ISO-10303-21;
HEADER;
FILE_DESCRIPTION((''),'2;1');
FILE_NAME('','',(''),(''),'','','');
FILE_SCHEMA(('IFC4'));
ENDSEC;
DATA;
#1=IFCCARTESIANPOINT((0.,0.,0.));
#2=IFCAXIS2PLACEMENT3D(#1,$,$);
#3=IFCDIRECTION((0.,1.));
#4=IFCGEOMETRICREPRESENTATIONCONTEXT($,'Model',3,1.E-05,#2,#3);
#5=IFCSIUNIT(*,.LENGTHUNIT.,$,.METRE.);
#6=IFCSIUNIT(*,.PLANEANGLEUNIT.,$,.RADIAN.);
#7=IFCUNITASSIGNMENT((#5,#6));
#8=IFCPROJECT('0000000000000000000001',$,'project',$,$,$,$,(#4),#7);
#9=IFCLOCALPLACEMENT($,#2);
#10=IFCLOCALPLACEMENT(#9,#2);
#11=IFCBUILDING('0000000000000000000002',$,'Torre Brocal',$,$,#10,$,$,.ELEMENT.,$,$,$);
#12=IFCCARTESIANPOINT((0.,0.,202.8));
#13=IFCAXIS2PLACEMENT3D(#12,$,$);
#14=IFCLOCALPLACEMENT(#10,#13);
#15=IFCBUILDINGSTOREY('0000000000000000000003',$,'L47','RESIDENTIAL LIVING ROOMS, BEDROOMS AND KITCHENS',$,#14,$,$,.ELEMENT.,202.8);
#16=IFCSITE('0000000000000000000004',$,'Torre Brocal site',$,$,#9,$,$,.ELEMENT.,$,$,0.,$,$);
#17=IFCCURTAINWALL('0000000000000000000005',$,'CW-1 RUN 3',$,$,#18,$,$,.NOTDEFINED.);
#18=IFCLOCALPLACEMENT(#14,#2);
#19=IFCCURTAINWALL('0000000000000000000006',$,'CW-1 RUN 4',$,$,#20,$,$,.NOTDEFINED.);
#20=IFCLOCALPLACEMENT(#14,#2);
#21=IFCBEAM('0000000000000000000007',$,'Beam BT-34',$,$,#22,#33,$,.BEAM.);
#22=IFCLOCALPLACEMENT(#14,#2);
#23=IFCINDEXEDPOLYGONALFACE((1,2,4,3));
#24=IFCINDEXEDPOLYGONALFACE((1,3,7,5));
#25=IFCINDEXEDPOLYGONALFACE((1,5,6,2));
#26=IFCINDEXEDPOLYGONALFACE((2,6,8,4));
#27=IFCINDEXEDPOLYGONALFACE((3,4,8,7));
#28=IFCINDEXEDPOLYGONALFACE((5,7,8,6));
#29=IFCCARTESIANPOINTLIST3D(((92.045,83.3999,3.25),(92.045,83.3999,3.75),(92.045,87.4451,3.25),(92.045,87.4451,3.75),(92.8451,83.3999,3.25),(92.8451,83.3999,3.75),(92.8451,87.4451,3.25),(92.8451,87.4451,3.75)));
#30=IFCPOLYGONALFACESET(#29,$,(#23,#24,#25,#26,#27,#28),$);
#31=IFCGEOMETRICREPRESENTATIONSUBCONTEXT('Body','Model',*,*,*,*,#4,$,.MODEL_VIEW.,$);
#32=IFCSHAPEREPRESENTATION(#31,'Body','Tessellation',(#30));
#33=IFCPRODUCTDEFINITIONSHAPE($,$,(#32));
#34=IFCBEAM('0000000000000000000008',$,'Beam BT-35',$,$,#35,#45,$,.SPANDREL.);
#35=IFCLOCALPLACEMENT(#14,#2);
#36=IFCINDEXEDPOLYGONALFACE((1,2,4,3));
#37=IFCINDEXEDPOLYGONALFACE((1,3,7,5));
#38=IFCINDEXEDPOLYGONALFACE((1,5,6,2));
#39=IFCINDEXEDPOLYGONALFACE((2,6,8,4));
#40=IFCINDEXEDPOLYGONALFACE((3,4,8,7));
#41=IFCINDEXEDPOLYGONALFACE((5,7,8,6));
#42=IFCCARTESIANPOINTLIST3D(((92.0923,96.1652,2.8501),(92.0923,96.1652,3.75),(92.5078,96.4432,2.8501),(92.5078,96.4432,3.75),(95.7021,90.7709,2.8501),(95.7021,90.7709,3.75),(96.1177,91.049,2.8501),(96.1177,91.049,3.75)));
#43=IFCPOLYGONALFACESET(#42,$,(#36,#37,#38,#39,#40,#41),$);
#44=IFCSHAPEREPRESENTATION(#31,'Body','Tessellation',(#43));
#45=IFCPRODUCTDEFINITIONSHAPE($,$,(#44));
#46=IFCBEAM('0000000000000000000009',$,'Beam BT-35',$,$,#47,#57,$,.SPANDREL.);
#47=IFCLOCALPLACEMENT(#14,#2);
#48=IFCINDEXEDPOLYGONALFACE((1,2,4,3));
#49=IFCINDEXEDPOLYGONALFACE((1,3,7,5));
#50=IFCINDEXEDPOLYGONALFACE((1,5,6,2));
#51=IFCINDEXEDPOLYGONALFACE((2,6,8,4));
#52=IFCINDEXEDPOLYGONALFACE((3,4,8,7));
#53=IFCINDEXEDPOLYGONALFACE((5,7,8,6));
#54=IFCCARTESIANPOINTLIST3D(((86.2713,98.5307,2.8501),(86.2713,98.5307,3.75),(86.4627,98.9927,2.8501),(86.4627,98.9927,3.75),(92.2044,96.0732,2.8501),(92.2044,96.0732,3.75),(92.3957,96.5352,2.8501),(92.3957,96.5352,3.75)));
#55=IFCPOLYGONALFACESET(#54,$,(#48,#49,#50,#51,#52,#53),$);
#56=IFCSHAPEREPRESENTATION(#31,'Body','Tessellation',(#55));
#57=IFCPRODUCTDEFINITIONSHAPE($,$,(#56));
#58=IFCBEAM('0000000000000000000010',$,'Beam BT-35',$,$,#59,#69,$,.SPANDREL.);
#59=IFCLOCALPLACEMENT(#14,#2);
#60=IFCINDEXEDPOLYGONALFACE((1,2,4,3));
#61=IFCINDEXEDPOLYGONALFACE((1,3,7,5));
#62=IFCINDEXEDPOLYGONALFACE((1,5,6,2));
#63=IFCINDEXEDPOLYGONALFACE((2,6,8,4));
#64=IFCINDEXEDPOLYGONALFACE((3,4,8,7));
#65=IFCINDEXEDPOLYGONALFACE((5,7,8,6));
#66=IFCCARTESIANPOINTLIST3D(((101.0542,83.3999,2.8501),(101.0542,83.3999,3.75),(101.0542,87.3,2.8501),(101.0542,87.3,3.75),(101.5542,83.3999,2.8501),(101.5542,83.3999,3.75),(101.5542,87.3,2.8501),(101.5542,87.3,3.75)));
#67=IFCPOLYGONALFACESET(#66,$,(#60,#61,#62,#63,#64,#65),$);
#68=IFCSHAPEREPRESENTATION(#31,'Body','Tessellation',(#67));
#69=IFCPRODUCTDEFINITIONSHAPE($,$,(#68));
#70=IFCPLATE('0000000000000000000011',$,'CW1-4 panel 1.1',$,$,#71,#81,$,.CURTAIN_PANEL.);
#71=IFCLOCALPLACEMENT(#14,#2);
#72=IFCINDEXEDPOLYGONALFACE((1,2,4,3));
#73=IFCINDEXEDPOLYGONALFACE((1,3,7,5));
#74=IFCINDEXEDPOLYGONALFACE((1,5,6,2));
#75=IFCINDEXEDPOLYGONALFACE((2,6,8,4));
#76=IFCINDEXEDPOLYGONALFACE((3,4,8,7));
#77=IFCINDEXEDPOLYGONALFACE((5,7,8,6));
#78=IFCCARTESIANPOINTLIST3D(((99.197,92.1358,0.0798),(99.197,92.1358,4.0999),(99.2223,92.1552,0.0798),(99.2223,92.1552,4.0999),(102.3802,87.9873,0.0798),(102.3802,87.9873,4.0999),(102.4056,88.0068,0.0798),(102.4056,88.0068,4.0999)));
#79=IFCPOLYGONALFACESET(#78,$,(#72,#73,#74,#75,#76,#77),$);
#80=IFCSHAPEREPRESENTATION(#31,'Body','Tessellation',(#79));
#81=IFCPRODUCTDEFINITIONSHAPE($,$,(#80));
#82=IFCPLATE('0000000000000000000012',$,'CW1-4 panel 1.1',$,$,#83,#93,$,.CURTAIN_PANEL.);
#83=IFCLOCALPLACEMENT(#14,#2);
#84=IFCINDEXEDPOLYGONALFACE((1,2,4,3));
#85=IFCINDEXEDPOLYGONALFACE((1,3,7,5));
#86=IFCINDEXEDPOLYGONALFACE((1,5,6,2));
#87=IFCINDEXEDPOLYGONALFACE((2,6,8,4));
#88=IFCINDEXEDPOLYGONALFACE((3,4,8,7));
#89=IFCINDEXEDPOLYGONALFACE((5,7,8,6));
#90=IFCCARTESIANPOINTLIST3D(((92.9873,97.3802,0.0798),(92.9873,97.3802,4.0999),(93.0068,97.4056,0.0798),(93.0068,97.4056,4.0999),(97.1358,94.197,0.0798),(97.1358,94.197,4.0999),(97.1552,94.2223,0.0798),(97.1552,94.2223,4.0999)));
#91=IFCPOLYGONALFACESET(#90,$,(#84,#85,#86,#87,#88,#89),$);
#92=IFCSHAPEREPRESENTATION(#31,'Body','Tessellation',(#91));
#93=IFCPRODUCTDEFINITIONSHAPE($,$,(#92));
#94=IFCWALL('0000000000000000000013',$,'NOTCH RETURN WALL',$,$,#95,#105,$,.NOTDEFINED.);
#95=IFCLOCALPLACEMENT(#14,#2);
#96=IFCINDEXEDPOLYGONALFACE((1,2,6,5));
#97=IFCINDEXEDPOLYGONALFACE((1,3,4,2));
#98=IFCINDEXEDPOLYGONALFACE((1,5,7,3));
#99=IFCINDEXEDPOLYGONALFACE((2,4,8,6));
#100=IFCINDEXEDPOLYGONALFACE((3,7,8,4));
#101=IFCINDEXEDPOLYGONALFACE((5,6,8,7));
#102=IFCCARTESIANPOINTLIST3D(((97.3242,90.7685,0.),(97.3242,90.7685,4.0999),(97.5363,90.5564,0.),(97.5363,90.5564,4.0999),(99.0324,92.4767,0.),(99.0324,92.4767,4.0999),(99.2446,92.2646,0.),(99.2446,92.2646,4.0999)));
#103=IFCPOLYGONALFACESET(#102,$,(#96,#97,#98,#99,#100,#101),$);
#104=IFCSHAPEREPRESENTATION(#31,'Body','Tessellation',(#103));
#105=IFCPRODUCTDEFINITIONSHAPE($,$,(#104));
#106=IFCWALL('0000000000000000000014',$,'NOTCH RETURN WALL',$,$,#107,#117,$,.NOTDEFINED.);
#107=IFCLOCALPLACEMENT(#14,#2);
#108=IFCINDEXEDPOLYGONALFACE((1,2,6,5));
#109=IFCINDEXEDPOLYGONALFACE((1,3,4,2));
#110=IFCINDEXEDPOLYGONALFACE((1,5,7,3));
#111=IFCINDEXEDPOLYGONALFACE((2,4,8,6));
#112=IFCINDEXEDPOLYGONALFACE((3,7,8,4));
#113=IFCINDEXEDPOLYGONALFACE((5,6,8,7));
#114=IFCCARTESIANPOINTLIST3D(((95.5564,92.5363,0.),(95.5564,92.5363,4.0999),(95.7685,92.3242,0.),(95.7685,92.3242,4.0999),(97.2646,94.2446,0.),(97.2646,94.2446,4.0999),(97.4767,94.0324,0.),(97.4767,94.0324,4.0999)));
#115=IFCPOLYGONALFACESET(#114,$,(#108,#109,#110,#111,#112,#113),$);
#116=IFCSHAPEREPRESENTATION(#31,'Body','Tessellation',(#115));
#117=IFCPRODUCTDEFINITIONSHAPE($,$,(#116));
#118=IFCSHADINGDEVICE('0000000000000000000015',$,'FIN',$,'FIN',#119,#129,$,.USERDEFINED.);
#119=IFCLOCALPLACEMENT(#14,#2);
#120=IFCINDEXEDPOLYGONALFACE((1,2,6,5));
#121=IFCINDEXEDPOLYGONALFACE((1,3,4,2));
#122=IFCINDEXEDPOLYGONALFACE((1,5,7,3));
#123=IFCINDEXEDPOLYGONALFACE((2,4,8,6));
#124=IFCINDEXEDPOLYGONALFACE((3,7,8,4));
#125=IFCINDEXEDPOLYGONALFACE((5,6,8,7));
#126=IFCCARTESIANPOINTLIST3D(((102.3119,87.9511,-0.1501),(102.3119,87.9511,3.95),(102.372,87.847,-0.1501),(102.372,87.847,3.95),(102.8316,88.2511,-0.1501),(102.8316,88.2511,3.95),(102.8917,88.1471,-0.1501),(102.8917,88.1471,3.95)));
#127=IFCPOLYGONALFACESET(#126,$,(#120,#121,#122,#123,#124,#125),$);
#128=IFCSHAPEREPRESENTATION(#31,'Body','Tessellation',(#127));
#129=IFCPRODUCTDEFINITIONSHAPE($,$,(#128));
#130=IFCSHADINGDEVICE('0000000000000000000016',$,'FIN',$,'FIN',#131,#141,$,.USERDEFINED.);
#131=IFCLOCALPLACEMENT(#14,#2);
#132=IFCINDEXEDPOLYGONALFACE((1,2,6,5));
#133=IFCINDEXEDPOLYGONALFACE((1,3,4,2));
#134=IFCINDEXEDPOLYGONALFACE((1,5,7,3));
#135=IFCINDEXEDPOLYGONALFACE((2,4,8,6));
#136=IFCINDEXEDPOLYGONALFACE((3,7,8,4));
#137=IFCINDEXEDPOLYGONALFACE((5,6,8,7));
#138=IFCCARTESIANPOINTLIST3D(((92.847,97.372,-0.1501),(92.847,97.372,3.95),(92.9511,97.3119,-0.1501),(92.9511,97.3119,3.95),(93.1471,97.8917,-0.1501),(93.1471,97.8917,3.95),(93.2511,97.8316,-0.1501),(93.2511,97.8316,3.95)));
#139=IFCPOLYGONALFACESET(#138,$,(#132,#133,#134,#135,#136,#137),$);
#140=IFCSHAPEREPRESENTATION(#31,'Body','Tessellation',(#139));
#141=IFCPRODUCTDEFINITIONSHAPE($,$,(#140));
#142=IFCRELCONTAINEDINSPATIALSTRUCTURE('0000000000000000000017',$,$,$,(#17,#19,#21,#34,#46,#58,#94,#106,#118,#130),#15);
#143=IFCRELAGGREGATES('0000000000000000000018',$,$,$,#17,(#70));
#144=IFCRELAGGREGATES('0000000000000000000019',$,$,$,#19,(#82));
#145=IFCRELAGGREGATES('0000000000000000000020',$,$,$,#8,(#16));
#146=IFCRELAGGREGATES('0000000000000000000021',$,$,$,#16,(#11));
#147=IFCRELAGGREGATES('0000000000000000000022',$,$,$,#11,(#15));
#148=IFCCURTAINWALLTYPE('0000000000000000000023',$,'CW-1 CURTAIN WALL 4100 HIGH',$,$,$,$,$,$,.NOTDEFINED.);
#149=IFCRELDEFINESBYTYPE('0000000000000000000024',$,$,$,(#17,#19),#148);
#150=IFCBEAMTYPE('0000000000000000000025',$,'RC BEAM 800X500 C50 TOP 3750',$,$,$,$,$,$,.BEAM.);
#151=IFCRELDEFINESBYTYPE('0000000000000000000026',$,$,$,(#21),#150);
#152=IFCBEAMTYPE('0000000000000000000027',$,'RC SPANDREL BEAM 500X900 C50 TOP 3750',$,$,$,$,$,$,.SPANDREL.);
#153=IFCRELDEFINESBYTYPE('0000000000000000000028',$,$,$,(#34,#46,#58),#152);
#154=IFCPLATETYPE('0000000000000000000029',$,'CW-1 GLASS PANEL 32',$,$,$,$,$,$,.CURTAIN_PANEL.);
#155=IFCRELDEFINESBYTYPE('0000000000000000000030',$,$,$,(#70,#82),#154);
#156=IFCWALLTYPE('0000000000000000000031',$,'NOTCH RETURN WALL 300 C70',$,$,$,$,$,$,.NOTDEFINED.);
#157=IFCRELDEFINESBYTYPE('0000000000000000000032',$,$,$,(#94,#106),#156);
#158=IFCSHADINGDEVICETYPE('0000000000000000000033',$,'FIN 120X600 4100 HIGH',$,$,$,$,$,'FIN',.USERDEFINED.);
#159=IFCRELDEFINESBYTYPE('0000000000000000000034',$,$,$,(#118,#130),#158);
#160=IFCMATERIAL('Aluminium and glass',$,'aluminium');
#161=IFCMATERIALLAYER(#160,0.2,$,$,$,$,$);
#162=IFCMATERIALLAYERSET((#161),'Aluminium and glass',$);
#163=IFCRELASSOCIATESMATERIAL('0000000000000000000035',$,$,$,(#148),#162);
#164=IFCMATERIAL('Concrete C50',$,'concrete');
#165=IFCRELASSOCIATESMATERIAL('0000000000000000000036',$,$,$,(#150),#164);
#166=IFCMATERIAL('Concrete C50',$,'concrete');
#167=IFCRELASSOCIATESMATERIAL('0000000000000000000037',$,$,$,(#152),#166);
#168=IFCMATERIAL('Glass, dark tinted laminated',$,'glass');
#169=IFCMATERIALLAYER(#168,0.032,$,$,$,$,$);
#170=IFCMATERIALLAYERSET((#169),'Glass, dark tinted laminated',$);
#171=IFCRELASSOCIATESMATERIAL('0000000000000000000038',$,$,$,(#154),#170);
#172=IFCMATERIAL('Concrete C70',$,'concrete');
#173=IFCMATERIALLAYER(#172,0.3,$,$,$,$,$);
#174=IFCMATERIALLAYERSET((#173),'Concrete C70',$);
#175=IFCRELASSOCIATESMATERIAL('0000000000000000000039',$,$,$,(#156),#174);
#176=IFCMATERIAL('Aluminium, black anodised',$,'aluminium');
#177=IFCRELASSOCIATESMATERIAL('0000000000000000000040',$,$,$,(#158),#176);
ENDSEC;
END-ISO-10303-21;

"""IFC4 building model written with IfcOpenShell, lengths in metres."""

from ifc_helpers import new_model, si_unit, direction, frame, frame_2d, origin, origin_2d, place, context, subcontext, project, spatial, rectangle, extrude, material, layer, layer_set, material_profile, profile_set, type_object, element, aggregate, save


model = new_model("IFC4")

# Units and contexts
model_context = context("Model", 3, precision=1e-05, world=origin(), true_north=direction((0.0, 1.0)))
body_context = subcontext(model_context, "Body", "Model", "MODEL_VIEW")
ifc_project = project(units=[si_unit("LENGTHUNIT", "METRE"), si_unit("PLANEANGLEUNIT", "RADIAN")], contexts=[model_context])

# Site, building, storey
site_placement = place(None, origin())
site = spatial("IfcSite", under=ifc_project, at=site_placement, Name="Torre Brocal site", CompositionType="ELEMENT", RefElevation=0.0)
building_placement = place(site_placement, origin())
building = spatial("IfcBuilding", under=site, at=building_placement, Name="Torre Brocal", CompositionType="ELEMENT")
storey_placement = place(building_placement, frame((0.0, 0.0, 202.8)))
storey = spatial("IfcBuildingStorey", under=building, at=storey_placement, Name="L47", Description="RESIDENTIAL LIVING ROOMS, BEDROOMS AND KITCHENS", CompositionType="ELEMENT", Elevation=202.8)

# Shared definitions
ifc_material_1 = material(Name="Aluminium and glass", Category="aluminium")
ifc_layer_1 = layer(ifc_material_1, 0.2)
ifc_layer_set_1 = layer_set([ifc_layer_1], Name="Aluminium and glass")
curtain_wall_type = type_object("IfcCurtainWallType", Name="CW-1 CURTAIN WALL 4100 HIGH", PredefinedType="NOTDEFINED", material=ifc_layer_set_1)

# Curtain walls
curtain_wall_1_placement = place(storey_placement, origin())
curtain_wall_1 = element("IfcCurtainWall", 1, at=curtain_wall_1_placement, inside=storey, type_object=curtain_wall_type, Name="CW-1 RUN 3", PredefinedType="NOTDEFINED")
curtain_wall_2_placement = place(storey_placement, origin())
curtain_wall_2 = element("IfcCurtainWall", 2, at=curtain_wall_2_placement, inside=storey, type_object=curtain_wall_type, Name="CW-1 RUN 4", PredefinedType="NOTDEFINED")

# Beams
ifc_material_2 = material(Name="Concrete C50", Category="concrete")
ifc_material_profile_1 = material_profile(ifc_material_2, rectangle(XDim=0.8, YDim=0.5, at=origin_2d()), Name="RC 800X500")
ifc_profile_set_1 = profile_set([ifc_material_profile_1], Name="Concrete C50")
beam_type_1 = type_object("IfcBeamType", Name="RC BEAM 800X500 C50 TOP 3750", PredefinedType="BEAM", material=ifc_profile_set_1)
beam_1_placement = place(storey_placement, frame((92.4451, 87.4451, 3.5), z_axis=(0.0, -1.0, 0.0), x_axis=(1.0, 0.0, 0.0)))
element("IfcBeam", 3, at=beam_1_placement, inside=storey, type_object=beam_type_1, Name="Beam BT-34", PredefinedType="BEAM", context=body_context, shape_type="SweptSolid", body=[
    extrude(rectangle(XDim=0.8, YDim=0.5, at=origin_2d()), origin(), (0.0, 0.0, 1.0), 4.0452),
])
ifc_material_3 = material(Name="Concrete C50", Category="concrete")
ifc_material_profile_2 = material_profile(ifc_material_3, rectangle(XDim=0.5, YDim=0.8999, at=origin_2d()), Name="RC 500X900")
ifc_profile_set_2 = profile_set([ifc_material_profile_2], Name="Concrete C50")
beam_type_2 = type_object("IfcBeamType", Name="RC SPANDREL BEAM 500X900 C50 TOP 3750", PredefinedType="SPANDREL", material=ifc_profile_set_2)
beam_2_placement = place(storey_placement, frame((95.9099, 90.9099, 3.3), z_axis=(-0.556158, 0.831077, 0.0), x_axis=(-0.831077, -0.556158, 0.0)))
element("IfcBeam", 4, at=beam_2_placement, inside=storey, type_object=beam_type_2, Name="Beam BT-35", PredefinedType="SPANDREL", context=body_context, shape_type="SweptSolid", body=[
    extrude(rectangle(XDim=0.5, YDim=0.8999, at=origin_2d()), origin(), (0.0, 0.0, 1.0), 6.4907),
])
beam_3_placement = place(storey_placement, frame((92.3, 96.3042, 3.3), z_axis=(-0.923882, 0.382676, 0.0), x_axis=(-0.382676, -0.923882, 0.0)))
element("IfcBeam", 5, at=beam_3_placement, inside=storey, type_object=beam_type_2, Name="Beam BT-35", PredefinedType="SPANDREL", context=body_context, shape_type="SweptSolid", body=[
    extrude(rectangle(XDim=0.5, YDim=0.8999, at=origin_2d()), origin(), (0.0, 0.0, 1.0), 6.4219),
])
beam_4_placement = place(storey_placement, frame((101.3042, 87.3, 3.3), z_axis=(0.0, -1.0, 0.0), x_axis=(1.0, 0.0, 0.0)))
element("IfcBeam", 6, at=beam_4_placement, inside=storey, type_object=beam_type_2, Name="Beam BT-35", PredefinedType="SPANDREL", context=body_context, shape_type="SweptSolid", body=[
    extrude(rectangle(XDim=0.5, YDim=0.8999, at=origin_2d()), origin(), (0.0, 0.0, 1.0), 3.9001),
])

# Plates
ifc_material_4 = material(Name="Glass, dark tinted laminated", Category="glass")
ifc_layer_2 = layer(ifc_material_4, 0.032)
ifc_layer_set_2 = layer_set([ifc_layer_2], Name="Glass, dark tinted laminated")
plate_type = type_object("IfcPlateType", Name="CW-1 GLASS PANEL 32", PredefinedType="CURTAIN_PANEL", material=ifc_layer_set_2)
plate_1_placement = place(storey_placement, frame((100.8013, 90.0713, 0.0798), z_axis=(0.0, 0.0, 1.0), x_axis=(-0.608761, 0.793353, 0.0)))
plate_1 = element("IfcPlate", 7, at=plate_1_placement, type_object=plate_type, Name="CW1-4 panel 1.1", PredefinedType="CURTAIN_PANEL", context=body_context, shape_type="SweptSolid", body=[
    extrude(rectangle(XDim=5.229, YDim=0.032, at=origin_2d()), origin(), (0.0, 0.0, 1.0), 4.02),
])
aggregate(curtain_wall_1, [plate_1])
plate_2_placement = place(storey_placement, frame((95.0713, 95.8013, 0.0798), z_axis=(0.0, 0.0, 1.0), x_axis=(-0.793353, 0.608761, 0.0)))
plate_2 = element("IfcPlate", 8, at=plate_2_placement, type_object=plate_type, Name="CW1-4 panel 1.1", PredefinedType="CURTAIN_PANEL", context=body_context, shape_type="SweptSolid", body=[
    extrude(rectangle(XDim=5.229, YDim=0.032, at=origin_2d()), origin(), (0.0, 0.0, 1.0), 4.02),
])
aggregate(curtain_wall_2, [plate_2])

# Walls
ifc_material_5 = material(Name="Concrete C70", Category="concrete")
ifc_layer_3 = layer(ifc_material_5, 0.3)
ifc_layer_set_3 = layer_set([ifc_layer_3], Name="Concrete C70")
wall_type = type_object("IfcWallType", Name="NOTCH RETURN WALL 300 C70", PredefinedType="NOTDEFINED", material=ifc_layer_set_3)
for number, where, z_axis, x_axis, name in (
    (9, (97.4302, 90.6624, 0.0), (0.0, 0.0, 1.0), (0.707107, 0.707107, 0.0), "NOTCH RETURN WALL"),
    (10, (95.6624, 92.4302, 0.0), (0.0, 0.0, 1.0), (0.707107, 0.707107, 0.0), "NOTCH RETURN WALL"),
):
    element("IfcWall", number, at=place(storey_placement, frame(where, z_axis=z_axis, x_axis=x_axis)), inside=storey, type_object=wall_type, Name=name, PredefinedType="NOTDEFINED", context=body_context, shape_type="SweptSolid", body=[
        extrude(rectangle(XDim=2.4158, YDim=0.3, at=frame_2d((1.208, 0.0))), origin(), (0.0, 0.0, 1.0), 4.0999),
    ])

# Shading devices
ifc_material_6 = material(Name="Aluminium, black anodised", Category="aluminium")
ifc_material_profile_3 = material_profile(ifc_material_6, rectangle(XDim=0.1201, YDim=0.6001, at=origin_2d()), Name="FIN 120X600 4100 HIGH")
ifc_profile_set_3 = profile_set([ifc_material_profile_3], Name="Aluminium, black anodised")
shading_device_type = type_object("IfcShadingDeviceType", Name="FIN 120X600 4100 HIGH", ElementType="FIN", PredefinedType="USERDEFINED", material=ifc_profile_set_3)
for number, where, z_axis, x_axis, name in (
    (11, (102.6018, 88.0491, -0.1501), (0.0, 0.0, 1.0), (-0.5, 0.866025, 0.0), "FIN"),
    (12, (93.0491, 97.6018, -0.1501), (0.0, 0.0, 1.0), (-0.866025, 0.5, 0.0), "FIN"),
):
    element("IfcShadingDevice", number, at=place(storey_placement, frame(where, z_axis=z_axis, x_axis=x_axis)), inside=storey, type_object=shading_device_type, Name=name, ObjectType="FIN", PredefinedType="USERDEFINED", context=body_context, shape_type="SweptSolid", body=[
        extrude(rectangle(XDim=0.1201, YDim=0.6001, at=origin_2d()), origin(), (0.0, 0.0, 1.0), 4.1001),
    ])

save(model, "model.ifc")
